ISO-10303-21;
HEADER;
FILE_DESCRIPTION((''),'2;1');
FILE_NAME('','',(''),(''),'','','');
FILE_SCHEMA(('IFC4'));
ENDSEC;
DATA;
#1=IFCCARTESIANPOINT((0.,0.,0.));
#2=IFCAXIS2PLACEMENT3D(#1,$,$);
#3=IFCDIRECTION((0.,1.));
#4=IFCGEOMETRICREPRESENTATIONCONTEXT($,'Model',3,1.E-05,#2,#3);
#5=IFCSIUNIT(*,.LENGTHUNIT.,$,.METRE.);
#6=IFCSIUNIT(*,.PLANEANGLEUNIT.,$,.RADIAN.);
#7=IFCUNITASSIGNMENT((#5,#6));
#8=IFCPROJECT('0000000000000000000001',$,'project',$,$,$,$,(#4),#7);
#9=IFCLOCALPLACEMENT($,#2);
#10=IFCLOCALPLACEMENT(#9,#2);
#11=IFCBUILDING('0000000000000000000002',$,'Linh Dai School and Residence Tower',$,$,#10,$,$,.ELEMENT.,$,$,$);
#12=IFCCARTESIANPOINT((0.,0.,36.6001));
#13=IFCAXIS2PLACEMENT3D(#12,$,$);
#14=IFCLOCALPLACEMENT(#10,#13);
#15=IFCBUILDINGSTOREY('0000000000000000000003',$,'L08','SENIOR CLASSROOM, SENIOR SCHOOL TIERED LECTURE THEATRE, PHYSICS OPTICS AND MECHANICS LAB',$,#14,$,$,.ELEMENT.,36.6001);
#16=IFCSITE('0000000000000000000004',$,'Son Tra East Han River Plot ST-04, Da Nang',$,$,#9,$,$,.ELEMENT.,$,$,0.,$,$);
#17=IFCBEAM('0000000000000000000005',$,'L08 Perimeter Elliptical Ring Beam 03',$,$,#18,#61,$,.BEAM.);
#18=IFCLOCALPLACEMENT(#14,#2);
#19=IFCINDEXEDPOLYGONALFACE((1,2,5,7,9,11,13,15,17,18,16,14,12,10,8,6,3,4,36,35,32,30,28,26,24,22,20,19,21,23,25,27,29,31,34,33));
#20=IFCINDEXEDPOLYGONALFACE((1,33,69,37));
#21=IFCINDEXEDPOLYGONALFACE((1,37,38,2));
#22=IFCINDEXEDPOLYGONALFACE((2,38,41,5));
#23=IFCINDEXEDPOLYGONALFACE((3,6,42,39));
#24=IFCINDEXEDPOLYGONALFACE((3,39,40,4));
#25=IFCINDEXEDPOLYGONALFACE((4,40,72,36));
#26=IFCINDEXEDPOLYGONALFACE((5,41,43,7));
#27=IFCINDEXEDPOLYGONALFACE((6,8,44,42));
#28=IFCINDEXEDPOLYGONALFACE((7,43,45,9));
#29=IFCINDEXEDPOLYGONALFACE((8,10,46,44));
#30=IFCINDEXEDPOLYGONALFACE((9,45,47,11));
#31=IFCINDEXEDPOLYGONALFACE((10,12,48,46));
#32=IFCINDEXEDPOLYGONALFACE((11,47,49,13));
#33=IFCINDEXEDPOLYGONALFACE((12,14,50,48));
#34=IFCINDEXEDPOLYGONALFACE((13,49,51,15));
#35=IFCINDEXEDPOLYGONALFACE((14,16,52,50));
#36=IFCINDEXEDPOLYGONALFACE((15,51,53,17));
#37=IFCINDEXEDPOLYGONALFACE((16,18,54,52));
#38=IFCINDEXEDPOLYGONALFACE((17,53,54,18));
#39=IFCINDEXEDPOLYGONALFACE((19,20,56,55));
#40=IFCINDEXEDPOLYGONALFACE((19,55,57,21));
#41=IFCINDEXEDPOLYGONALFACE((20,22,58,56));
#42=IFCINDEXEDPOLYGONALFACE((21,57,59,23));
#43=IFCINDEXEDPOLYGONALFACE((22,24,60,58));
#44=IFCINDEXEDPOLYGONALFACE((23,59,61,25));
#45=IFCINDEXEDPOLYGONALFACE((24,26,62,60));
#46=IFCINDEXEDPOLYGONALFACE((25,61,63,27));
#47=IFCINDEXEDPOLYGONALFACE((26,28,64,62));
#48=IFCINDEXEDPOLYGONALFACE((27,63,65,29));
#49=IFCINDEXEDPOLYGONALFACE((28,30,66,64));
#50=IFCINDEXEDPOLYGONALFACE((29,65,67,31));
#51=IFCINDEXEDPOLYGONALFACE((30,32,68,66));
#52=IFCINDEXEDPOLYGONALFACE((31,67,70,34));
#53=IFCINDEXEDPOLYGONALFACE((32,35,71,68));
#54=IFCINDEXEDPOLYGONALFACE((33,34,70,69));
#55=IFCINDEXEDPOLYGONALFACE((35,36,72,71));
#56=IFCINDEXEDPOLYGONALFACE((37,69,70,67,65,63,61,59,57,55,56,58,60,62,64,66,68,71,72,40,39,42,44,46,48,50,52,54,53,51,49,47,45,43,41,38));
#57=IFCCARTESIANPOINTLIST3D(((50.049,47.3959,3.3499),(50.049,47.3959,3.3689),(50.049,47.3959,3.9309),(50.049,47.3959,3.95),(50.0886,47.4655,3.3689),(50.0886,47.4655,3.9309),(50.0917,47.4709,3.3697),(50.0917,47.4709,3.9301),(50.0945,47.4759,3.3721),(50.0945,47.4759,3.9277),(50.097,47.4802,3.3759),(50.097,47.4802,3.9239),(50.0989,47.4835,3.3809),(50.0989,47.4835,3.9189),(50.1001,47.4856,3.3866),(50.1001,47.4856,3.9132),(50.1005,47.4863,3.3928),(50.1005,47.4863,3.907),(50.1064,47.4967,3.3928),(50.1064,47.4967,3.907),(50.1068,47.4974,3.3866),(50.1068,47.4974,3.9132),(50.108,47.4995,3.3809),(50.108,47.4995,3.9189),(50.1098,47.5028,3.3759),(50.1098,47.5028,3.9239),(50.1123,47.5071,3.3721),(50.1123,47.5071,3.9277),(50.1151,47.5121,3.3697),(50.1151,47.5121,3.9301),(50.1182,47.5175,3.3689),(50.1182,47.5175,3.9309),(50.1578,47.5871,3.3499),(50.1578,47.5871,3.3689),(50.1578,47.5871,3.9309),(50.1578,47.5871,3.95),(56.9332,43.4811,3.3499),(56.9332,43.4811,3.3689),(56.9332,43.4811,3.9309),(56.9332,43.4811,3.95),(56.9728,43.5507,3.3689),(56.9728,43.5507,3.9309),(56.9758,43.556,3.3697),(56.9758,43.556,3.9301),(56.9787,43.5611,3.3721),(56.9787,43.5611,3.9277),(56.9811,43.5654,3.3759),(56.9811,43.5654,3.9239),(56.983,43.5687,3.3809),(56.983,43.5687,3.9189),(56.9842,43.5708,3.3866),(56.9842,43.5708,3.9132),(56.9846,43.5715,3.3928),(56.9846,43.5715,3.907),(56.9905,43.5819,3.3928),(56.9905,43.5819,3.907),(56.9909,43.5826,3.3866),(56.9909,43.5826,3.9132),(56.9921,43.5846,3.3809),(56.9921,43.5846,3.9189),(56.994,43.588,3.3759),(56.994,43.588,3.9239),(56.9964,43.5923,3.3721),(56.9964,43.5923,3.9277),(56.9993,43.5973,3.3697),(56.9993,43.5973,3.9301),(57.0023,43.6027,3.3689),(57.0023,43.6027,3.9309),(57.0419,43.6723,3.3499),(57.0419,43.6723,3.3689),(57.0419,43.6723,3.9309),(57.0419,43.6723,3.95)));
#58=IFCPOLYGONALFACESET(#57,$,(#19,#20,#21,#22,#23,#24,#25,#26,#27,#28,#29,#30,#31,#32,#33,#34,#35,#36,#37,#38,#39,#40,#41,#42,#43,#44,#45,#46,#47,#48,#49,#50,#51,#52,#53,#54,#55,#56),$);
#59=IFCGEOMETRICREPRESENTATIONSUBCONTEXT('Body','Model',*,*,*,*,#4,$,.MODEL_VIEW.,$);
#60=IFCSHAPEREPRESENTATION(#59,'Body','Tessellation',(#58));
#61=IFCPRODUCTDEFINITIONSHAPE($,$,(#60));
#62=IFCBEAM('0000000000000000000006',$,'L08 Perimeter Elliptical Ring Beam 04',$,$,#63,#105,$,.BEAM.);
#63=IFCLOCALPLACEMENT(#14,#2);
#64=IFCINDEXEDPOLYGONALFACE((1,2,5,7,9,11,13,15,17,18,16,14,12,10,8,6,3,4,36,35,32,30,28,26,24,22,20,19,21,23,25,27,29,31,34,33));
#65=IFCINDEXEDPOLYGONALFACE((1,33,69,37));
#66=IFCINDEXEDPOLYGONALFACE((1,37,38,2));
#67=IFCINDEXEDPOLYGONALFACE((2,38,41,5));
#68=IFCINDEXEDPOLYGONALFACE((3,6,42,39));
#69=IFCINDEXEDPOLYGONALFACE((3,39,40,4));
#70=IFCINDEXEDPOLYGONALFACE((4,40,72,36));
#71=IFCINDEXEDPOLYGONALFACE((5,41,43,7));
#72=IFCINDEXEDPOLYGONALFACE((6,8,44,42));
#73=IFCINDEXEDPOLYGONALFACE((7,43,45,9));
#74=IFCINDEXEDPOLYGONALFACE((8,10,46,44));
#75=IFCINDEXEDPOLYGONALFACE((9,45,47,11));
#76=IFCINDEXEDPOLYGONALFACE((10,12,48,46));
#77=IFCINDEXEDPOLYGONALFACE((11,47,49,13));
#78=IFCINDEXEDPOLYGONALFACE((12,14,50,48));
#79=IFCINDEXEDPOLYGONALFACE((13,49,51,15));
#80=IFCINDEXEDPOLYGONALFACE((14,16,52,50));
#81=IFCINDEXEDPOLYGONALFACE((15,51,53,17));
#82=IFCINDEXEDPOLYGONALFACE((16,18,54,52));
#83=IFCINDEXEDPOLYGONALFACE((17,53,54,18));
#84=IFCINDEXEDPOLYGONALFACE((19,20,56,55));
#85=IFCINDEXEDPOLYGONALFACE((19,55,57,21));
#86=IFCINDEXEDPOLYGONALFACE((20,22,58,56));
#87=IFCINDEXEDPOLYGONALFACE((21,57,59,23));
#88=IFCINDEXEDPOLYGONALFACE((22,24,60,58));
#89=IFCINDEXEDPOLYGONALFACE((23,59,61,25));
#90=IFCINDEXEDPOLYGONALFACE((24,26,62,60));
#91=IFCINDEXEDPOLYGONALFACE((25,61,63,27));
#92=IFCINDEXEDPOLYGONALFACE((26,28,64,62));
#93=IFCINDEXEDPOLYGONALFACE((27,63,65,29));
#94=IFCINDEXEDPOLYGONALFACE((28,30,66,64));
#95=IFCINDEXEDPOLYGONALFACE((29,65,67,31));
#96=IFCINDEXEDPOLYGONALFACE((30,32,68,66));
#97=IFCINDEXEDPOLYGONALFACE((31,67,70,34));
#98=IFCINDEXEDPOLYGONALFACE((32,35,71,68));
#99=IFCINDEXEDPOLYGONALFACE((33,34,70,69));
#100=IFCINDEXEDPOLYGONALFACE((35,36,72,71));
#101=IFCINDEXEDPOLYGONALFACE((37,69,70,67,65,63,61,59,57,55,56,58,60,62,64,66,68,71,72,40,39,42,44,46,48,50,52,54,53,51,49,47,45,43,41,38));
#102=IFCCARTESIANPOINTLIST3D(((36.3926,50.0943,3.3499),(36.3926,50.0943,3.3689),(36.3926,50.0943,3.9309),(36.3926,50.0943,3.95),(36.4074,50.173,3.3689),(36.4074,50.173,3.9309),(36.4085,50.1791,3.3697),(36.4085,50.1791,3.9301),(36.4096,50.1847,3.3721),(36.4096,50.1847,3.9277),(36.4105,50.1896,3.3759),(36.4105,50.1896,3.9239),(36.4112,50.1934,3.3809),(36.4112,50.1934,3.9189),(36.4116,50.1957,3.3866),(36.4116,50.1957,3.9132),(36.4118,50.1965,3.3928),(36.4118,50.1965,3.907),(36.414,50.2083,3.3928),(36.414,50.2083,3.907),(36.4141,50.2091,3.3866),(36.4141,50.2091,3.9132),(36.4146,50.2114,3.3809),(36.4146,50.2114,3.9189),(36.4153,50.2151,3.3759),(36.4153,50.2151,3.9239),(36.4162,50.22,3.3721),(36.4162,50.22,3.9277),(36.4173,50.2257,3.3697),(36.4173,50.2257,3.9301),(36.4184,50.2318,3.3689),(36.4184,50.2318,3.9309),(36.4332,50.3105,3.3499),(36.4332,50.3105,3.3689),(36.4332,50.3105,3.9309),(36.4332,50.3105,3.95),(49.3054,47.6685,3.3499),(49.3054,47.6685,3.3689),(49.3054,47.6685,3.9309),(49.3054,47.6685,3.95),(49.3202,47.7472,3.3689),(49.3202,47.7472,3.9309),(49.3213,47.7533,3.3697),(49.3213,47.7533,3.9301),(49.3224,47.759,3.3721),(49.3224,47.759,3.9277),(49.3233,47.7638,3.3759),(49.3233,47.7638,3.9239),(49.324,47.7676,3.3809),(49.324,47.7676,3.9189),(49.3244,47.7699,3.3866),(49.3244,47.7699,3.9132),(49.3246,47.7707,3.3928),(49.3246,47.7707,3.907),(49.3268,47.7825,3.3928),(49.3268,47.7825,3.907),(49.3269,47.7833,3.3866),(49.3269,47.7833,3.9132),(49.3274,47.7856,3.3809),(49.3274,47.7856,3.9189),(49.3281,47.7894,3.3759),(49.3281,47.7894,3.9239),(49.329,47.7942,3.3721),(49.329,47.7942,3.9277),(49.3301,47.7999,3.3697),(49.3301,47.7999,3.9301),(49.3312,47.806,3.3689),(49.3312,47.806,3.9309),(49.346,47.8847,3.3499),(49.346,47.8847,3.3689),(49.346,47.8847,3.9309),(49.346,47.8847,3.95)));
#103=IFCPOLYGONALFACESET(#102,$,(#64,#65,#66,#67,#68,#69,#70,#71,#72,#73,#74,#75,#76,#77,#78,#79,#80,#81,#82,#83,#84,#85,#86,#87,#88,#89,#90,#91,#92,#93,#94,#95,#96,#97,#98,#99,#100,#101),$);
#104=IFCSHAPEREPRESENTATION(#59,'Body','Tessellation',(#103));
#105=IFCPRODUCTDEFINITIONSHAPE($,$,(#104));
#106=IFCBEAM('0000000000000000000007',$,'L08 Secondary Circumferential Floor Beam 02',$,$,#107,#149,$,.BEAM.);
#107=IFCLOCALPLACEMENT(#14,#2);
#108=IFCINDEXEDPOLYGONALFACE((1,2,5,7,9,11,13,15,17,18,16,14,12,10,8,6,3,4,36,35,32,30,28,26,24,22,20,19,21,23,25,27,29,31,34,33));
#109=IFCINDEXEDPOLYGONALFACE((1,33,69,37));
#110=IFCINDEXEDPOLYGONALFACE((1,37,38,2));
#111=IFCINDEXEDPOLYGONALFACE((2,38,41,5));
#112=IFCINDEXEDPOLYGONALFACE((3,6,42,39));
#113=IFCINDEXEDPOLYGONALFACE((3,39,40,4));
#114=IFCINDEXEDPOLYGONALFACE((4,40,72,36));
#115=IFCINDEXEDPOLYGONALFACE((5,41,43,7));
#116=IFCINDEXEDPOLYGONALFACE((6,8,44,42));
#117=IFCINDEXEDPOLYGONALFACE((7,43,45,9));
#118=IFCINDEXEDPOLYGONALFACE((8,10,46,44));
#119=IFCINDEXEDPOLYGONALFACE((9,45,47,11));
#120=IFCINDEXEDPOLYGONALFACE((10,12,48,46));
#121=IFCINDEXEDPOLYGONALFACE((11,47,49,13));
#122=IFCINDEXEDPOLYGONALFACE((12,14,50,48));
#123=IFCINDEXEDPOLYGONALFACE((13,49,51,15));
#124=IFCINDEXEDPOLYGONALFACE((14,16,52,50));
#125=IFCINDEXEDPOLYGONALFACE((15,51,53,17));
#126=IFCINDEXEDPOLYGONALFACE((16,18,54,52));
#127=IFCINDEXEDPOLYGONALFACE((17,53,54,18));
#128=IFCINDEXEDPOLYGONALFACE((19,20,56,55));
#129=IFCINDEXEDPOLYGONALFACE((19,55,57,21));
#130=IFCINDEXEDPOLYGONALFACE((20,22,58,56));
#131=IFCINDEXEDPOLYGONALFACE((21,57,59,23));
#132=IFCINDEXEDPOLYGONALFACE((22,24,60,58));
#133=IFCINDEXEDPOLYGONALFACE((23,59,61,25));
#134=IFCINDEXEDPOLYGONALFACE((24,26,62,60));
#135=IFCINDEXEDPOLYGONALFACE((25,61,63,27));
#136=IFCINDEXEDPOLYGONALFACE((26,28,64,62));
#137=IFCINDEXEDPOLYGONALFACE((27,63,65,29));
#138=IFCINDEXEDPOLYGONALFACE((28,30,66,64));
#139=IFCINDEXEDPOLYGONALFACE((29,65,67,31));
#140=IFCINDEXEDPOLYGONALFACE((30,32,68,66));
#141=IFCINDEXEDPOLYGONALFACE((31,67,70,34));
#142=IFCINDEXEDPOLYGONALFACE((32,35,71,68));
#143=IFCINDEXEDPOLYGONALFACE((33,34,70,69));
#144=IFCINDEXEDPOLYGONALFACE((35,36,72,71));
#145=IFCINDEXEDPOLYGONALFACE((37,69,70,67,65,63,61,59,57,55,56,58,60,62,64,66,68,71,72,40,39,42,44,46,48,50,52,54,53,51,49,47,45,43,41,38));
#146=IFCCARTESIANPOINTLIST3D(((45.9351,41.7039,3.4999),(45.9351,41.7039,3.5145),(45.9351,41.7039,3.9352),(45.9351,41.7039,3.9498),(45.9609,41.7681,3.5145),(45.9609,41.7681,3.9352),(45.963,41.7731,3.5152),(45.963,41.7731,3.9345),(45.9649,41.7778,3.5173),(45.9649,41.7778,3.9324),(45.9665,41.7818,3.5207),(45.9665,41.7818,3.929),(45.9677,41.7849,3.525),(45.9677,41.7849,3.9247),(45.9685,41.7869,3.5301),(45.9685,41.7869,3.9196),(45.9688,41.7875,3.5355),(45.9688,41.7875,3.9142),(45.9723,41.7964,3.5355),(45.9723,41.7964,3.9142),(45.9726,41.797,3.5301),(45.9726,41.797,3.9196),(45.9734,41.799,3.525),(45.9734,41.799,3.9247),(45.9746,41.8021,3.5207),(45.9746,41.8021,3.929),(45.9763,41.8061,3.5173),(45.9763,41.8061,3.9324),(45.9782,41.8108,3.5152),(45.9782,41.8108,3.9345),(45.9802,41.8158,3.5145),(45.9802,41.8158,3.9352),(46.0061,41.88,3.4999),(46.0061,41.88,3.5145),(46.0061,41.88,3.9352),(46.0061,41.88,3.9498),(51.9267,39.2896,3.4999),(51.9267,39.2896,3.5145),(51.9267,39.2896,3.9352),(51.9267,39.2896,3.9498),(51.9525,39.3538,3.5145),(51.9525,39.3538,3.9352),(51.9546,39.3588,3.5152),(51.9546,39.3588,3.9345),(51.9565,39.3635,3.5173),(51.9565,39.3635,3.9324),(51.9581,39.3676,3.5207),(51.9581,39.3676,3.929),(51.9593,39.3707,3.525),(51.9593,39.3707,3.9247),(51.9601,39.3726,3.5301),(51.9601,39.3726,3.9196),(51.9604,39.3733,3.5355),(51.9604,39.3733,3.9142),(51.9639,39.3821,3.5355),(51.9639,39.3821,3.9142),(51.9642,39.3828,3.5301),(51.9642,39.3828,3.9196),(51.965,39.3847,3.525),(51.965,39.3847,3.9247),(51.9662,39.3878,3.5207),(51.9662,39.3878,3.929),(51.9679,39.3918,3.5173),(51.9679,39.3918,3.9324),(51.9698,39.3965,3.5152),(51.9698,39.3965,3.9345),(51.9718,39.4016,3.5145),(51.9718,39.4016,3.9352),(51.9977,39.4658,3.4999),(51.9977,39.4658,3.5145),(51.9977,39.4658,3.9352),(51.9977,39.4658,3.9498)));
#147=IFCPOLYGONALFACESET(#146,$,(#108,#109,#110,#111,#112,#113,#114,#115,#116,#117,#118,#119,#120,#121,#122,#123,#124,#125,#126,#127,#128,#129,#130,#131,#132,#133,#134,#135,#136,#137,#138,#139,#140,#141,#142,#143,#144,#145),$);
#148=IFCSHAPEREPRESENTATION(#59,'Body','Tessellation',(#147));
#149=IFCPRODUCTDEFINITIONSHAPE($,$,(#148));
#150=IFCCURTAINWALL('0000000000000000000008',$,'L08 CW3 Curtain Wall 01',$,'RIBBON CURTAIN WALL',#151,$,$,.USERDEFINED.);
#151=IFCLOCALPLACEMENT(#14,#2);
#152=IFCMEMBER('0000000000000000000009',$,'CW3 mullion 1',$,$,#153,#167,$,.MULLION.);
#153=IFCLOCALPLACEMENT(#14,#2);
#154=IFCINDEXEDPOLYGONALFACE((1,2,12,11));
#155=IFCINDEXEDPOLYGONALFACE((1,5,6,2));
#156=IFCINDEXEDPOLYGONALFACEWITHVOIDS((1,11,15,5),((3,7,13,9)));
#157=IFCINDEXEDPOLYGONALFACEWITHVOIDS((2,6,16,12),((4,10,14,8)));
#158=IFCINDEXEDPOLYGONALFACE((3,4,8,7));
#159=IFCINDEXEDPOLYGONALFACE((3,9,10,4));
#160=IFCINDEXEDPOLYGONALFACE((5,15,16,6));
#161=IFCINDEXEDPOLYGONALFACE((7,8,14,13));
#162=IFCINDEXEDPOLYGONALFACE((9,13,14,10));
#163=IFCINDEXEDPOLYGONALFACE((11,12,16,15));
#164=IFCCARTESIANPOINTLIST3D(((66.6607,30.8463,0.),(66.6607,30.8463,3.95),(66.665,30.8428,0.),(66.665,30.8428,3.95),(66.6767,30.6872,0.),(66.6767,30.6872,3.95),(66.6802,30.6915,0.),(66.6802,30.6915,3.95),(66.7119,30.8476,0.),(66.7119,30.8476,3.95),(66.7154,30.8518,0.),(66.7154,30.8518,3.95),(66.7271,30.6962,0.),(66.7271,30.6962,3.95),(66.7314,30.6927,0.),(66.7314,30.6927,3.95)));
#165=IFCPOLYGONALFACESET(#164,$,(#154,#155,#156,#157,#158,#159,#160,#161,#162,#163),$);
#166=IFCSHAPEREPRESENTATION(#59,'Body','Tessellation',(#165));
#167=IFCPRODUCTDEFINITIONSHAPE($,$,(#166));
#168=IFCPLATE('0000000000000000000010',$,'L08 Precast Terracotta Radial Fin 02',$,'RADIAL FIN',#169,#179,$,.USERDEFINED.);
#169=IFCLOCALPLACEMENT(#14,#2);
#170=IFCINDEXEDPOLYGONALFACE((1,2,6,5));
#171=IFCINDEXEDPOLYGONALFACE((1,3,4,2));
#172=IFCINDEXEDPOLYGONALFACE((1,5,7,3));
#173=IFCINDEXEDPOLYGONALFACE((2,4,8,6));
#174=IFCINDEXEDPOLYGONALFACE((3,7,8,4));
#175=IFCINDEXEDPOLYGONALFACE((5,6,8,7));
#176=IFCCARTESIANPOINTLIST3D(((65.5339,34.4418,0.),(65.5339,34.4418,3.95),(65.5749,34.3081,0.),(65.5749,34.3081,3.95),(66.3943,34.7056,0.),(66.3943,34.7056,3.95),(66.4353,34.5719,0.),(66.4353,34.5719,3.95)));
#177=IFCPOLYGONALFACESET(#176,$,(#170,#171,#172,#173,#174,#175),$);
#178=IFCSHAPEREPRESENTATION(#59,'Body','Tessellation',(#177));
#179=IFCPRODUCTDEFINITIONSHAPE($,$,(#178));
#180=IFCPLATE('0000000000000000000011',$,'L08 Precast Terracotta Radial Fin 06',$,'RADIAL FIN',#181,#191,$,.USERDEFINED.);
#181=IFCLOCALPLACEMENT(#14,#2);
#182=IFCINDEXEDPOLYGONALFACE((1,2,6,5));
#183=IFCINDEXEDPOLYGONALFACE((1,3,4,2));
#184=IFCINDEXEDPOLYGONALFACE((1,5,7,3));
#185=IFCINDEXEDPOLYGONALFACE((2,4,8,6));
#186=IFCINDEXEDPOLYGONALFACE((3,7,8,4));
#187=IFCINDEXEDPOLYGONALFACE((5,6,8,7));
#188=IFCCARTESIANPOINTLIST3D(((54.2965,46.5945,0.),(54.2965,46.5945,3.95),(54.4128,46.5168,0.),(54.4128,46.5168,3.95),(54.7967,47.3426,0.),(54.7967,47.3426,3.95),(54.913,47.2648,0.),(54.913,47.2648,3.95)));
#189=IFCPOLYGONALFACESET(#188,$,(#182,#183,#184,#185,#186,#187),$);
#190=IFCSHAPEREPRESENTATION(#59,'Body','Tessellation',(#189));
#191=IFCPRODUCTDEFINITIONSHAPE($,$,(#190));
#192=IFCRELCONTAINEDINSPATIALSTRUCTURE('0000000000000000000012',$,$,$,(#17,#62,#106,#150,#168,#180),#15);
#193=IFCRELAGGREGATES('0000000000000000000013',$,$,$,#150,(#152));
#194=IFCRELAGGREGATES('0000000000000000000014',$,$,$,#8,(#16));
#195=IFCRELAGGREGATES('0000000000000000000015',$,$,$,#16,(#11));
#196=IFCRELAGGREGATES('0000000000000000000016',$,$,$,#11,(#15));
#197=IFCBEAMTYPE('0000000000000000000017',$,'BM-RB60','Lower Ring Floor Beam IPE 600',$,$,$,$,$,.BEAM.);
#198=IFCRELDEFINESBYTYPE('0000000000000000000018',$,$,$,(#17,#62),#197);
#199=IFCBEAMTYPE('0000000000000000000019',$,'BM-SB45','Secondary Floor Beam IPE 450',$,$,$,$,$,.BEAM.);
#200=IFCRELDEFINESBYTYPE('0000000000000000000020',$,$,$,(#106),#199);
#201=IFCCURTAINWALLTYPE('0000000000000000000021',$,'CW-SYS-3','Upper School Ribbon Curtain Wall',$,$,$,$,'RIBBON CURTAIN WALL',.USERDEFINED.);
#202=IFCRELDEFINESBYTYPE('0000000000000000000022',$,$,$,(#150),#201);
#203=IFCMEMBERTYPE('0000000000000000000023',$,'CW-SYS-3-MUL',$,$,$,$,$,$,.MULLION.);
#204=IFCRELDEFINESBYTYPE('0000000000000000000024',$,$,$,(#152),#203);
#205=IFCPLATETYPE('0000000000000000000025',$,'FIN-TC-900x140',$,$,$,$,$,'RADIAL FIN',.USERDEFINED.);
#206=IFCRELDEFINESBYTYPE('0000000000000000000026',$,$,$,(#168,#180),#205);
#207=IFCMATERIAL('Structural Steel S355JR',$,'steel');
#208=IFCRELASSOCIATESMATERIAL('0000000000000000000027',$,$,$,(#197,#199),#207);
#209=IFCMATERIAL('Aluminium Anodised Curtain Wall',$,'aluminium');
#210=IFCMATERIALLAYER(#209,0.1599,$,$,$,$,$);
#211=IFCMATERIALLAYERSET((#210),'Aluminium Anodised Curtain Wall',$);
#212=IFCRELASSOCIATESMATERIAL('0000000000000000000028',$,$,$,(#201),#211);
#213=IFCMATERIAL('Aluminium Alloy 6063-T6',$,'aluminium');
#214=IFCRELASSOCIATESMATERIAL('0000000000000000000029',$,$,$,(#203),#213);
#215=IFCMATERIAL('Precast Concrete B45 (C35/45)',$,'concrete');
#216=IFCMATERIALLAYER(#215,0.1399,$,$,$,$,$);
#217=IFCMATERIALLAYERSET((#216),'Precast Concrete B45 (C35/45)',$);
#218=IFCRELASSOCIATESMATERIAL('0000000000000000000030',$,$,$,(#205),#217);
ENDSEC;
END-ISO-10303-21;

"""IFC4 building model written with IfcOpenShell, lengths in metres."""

from ifc_helpers import new_model, si_unit, direction, frame, origin, origin_2d, place, context, subcontext, project, spatial, rectangle, hollow_rectangle, i_section, extrude, source, transform, mapped, material, layer, layer_set, material_profile, profile_set, type_object, element, aggregate, save


model = new_model("IFC4")

# Units and contexts
model_context = context("Model", 3, precision=1e-05, world=origin(), true_north=direction((0.0, 1.0)))
body_context = subcontext(model_context, "Body", "Model", "MODEL_VIEW")
ifc_project = project(units=[si_unit("LENGTHUNIT", "METRE"), si_unit("PLANEANGLEUNIT", "RADIAN")], contexts=[model_context])

# Site, building, storey
site_placement = place(None, origin())
site = spatial("IfcSite", under=ifc_project, at=site_placement, Name="Son Tra East Han River Plot ST-04, Da Nang", CompositionType="ELEMENT", RefElevation=0.0)
building_placement = place(site_placement, origin())
building = spatial("IfcBuilding", under=site, at=building_placement, Name="Linh Dai School and Residence Tower", CompositionType="ELEMENT")
storey_placement = place(building_placement, frame((0.0, 0.0, 36.6001)))
storey = spatial("IfcBuildingStorey", under=building, at=storey_placement, Name="L08", Description="SENIOR CLASSROOM, SENIOR SCHOOL TIERED LECTURE THEATRE, PHYSICS OPTICS AND MECHANICS LAB", CompositionType="ELEMENT", Elevation=36.6001)

# Shared definitions
ifc_material_1 = material(Name="Structural Steel S355JR", Category="steel")

# Beams
ifc_material_profile_1 = material_profile(ifc_material_1, i_section(OverallWidth=0.22, OverallDepth=0.6001, WebThickness=0.012, FlangeThickness=0.019, FilletRadius=0.0239, at=origin_2d()), Name="IPE 600")
ifc_profile_set_1 = profile_set([ifc_material_profile_1], Name="Structural Steel S355JR")
beam_type_1 = type_object("IfcBeamType", Name="BM-RB60", Description="Lower Ring Floor Beam IPE 600", PredefinedType="BEAM", material=ifc_profile_set_1)
beam_1_placement = place(storey_placement, frame((56.9875, 43.5767, 3.6499), z_axis=(-0.869271, 0.494335, 0.0), x_axis=(-0.494335, -0.869271, 0.0)))
element("IfcBeam", 1, at=beam_1_placement, inside=storey, type_object=beam_type_1, Name="L08 Perimeter Elliptical Ring Beam 03", PredefinedType="BEAM", context=body_context, shape_type="SweptSolid", body=[
    extrude(i_section(OverallWidth=0.22, OverallDepth=0.6001, WebThickness=0.012, FlangeThickness=0.019, FilletRadius=0.0239, at=origin_2d()), origin(), (0.0, 0.0, 1.0), 7.9194),
])
beam_2_placement = place(storey_placement, frame((49.3257, 47.7766, 3.6499), z_axis=(-0.982808, 0.184628, 0.0), x_axis=(-0.184628, -0.982808, 0.0)))
element("IfcBeam", 2, at=beam_2_placement, inside=storey, type_object=beam_type_1, Name="L08 Perimeter Elliptical Ring Beam 04", PredefinedType="BEAM", context=body_context, shape_type="SweptSolid", body=[
    extrude(i_section(OverallWidth=0.22, OverallDepth=0.6001, WebThickness=0.012, FlangeThickness=0.019, FilletRadius=0.0239, at=origin_2d()), origin(), (0.0, 0.0, 1.0), 13.1387),
])
ifc_material_profile_2 = material_profile(ifc_material_1, i_section(OverallWidth=0.1899, OverallDepth=0.45, WebThickness=0.0095, FlangeThickness=0.0146, FilletRadius=0.021, at=origin_2d()), Name="IPE 450")
ifc_profile_set_2 = profile_set([ifc_material_profile_2], Name="Structural Steel S355JR")
beam_type_2 = type_object("IfcBeamType", Name="BM-SB45", Description="Secondary Floor Beam IPE 450", PredefinedType="BEAM", material=ifc_profile_set_2)
beam_3_placement = place(storey_placement, frame((51.9622, 39.3777, 3.7249), z_axis=(-0.927533, 0.373742, 0.0), x_axis=(-0.373742, -0.927533, 0.0)))
element("IfcBeam", 3, at=beam_3_placement, inside=storey, type_object=beam_type_2, Name="L08 Secondary Circumferential Floor Beam 02", PredefinedType="BEAM", context=body_context, shape_type="SweptSolid", body=[
    extrude(i_section(OverallWidth=0.1899, OverallDepth=0.45, WebThickness=0.0095, FlangeThickness=0.0146, FilletRadius=0.021, at=origin_2d()), origin(), (0.0, 0.0, 1.0), 6.4597),
])

# Curtain wall, member
ifc_material_2 = material(Name="Aluminium Anodised Curtain Wall", Category="aluminium")
ifc_layer_1 = layer(ifc_material_2, 0.1599)
ifc_layer_set_1 = layer_set([ifc_layer_1], Name="Aluminium Anodised Curtain Wall")
curtain_wall_type = type_object("IfcCurtainWallType", Name="CW-SYS-3", Description="Upper School Ribbon Curtain Wall", ElementType="RIBBON CURTAIN WALL", PredefinedType="USERDEFINED", material=ifc_layer_set_1)
curtain_wall_placement = place(storey_placement, origin())
curtain_wall = element("IfcCurtainWall", 4, at=curtain_wall_placement, inside=storey, type_object=curtain_wall_type, Name="L08 CW3 Curtain Wall 01", ObjectType="RIBBON CURTAIN WALL", PredefinedType="USERDEFINED")
ifc_material_3 = material(Name="Aluminium Alloy 6063-T6", Category="aluminium")
ifc_material_profile_3 = material_profile(ifc_material_3, hollow_rectangle(XDim=0.0549, YDim=0.1599, WallThickness=0.0039, at=origin_2d()), Name="RHS 160x55x4")
ifc_profile_set_3 = profile_set([ifc_material_profile_3], Name="Aluminium Alloy 6063-T6")
member_type = type_object("IfcMemberType", Name="CW-SYS-3-MUL", PredefinedType="MULLION", material=ifc_profile_set_3)
shared_shape_1 = source(origin(), body_context, "Body", "SweptSolid", [
    extrude(hollow_rectangle(XDim=0.0549, YDim=0.1599, WallThickness=0.0039, at=origin_2d()), origin(), (0.0, 0.0, 1.0), 3.95),
])
member_placement = place(storey_placement, frame((66.696, 30.7695, 0.0), z_axis=(0.0, 0.0, 1.0), x_axis=(0.994986, 0.100009, 0.0)))
member = element("IfcMember", 5, at=member_placement, type_object=member_type, Name="CW3 mullion 1", PredefinedType="MULLION", context=body_context, shape_type="MappedRepresentation", body=[
    mapped(shared_shape_1, transform((0.0, 0.0, 0.0), x_axis=(1.0, 0.0, 0.0), y_axis=(0.0, 1.0, 0.0), z_axis=(0.0, 0.0, 1.0), scale=1.0)),
])
aggregate(curtain_wall, [member])

# Plates
ifc_material_4 = material(Name="Precast Concrete B45 (C35/45)", Category="concrete")
ifc_layer_2 = layer(ifc_material_4, 0.1399)
ifc_layer_set_2 = layer_set([ifc_layer_2], Name="Precast Concrete B45 (C35/45)")
plate_type = type_object("IfcPlateType", Name="FIN-TC-900x140", ElementType="RADIAL FIN", PredefinedType="USERDEFINED", material=ifc_layer_set_2)
shared_shape_2 = source(origin(), body_context, "Body", "SweptSolid", [
    extrude(rectangle(XDim=0.8999, YDim=0.1399, at=origin_2d()), origin(), (0.0, 0.0, 1.0), 3.95),
])
for number, where, z_axis, x_axis, name in (
    (6, (65.9846, 34.5068, 0.0), (0.0, 0.0, 1.0), (0.956068, 0.293146, 0.0), "L08 Precast Terracotta Radial Fin 02"),
    (7, (54.6047, 46.9297, 0.0), (0.0, 0.0, 1.0), (0.555898, 0.831251, 0.0), "L08 Precast Terracotta Radial Fin 06"),
):
    element("IfcPlate", number, at=place(storey_placement, frame(where, z_axis=z_axis, x_axis=x_axis)), inside=storey, type_object=plate_type, Name=name, ObjectType="RADIAL FIN", PredefinedType="USERDEFINED", context=body_context, shape_type="MappedRepresentation", body=[
        mapped(shared_shape_2, transform((0.0, 0.0, 0.0), x_axis=(1.0, 0.0, 0.0), y_axis=(0.0, 1.0, 0.0), z_axis=(0.0, 0.0, 1.0), scale=1.0)),
    ])

save(model, "model.ifc")
